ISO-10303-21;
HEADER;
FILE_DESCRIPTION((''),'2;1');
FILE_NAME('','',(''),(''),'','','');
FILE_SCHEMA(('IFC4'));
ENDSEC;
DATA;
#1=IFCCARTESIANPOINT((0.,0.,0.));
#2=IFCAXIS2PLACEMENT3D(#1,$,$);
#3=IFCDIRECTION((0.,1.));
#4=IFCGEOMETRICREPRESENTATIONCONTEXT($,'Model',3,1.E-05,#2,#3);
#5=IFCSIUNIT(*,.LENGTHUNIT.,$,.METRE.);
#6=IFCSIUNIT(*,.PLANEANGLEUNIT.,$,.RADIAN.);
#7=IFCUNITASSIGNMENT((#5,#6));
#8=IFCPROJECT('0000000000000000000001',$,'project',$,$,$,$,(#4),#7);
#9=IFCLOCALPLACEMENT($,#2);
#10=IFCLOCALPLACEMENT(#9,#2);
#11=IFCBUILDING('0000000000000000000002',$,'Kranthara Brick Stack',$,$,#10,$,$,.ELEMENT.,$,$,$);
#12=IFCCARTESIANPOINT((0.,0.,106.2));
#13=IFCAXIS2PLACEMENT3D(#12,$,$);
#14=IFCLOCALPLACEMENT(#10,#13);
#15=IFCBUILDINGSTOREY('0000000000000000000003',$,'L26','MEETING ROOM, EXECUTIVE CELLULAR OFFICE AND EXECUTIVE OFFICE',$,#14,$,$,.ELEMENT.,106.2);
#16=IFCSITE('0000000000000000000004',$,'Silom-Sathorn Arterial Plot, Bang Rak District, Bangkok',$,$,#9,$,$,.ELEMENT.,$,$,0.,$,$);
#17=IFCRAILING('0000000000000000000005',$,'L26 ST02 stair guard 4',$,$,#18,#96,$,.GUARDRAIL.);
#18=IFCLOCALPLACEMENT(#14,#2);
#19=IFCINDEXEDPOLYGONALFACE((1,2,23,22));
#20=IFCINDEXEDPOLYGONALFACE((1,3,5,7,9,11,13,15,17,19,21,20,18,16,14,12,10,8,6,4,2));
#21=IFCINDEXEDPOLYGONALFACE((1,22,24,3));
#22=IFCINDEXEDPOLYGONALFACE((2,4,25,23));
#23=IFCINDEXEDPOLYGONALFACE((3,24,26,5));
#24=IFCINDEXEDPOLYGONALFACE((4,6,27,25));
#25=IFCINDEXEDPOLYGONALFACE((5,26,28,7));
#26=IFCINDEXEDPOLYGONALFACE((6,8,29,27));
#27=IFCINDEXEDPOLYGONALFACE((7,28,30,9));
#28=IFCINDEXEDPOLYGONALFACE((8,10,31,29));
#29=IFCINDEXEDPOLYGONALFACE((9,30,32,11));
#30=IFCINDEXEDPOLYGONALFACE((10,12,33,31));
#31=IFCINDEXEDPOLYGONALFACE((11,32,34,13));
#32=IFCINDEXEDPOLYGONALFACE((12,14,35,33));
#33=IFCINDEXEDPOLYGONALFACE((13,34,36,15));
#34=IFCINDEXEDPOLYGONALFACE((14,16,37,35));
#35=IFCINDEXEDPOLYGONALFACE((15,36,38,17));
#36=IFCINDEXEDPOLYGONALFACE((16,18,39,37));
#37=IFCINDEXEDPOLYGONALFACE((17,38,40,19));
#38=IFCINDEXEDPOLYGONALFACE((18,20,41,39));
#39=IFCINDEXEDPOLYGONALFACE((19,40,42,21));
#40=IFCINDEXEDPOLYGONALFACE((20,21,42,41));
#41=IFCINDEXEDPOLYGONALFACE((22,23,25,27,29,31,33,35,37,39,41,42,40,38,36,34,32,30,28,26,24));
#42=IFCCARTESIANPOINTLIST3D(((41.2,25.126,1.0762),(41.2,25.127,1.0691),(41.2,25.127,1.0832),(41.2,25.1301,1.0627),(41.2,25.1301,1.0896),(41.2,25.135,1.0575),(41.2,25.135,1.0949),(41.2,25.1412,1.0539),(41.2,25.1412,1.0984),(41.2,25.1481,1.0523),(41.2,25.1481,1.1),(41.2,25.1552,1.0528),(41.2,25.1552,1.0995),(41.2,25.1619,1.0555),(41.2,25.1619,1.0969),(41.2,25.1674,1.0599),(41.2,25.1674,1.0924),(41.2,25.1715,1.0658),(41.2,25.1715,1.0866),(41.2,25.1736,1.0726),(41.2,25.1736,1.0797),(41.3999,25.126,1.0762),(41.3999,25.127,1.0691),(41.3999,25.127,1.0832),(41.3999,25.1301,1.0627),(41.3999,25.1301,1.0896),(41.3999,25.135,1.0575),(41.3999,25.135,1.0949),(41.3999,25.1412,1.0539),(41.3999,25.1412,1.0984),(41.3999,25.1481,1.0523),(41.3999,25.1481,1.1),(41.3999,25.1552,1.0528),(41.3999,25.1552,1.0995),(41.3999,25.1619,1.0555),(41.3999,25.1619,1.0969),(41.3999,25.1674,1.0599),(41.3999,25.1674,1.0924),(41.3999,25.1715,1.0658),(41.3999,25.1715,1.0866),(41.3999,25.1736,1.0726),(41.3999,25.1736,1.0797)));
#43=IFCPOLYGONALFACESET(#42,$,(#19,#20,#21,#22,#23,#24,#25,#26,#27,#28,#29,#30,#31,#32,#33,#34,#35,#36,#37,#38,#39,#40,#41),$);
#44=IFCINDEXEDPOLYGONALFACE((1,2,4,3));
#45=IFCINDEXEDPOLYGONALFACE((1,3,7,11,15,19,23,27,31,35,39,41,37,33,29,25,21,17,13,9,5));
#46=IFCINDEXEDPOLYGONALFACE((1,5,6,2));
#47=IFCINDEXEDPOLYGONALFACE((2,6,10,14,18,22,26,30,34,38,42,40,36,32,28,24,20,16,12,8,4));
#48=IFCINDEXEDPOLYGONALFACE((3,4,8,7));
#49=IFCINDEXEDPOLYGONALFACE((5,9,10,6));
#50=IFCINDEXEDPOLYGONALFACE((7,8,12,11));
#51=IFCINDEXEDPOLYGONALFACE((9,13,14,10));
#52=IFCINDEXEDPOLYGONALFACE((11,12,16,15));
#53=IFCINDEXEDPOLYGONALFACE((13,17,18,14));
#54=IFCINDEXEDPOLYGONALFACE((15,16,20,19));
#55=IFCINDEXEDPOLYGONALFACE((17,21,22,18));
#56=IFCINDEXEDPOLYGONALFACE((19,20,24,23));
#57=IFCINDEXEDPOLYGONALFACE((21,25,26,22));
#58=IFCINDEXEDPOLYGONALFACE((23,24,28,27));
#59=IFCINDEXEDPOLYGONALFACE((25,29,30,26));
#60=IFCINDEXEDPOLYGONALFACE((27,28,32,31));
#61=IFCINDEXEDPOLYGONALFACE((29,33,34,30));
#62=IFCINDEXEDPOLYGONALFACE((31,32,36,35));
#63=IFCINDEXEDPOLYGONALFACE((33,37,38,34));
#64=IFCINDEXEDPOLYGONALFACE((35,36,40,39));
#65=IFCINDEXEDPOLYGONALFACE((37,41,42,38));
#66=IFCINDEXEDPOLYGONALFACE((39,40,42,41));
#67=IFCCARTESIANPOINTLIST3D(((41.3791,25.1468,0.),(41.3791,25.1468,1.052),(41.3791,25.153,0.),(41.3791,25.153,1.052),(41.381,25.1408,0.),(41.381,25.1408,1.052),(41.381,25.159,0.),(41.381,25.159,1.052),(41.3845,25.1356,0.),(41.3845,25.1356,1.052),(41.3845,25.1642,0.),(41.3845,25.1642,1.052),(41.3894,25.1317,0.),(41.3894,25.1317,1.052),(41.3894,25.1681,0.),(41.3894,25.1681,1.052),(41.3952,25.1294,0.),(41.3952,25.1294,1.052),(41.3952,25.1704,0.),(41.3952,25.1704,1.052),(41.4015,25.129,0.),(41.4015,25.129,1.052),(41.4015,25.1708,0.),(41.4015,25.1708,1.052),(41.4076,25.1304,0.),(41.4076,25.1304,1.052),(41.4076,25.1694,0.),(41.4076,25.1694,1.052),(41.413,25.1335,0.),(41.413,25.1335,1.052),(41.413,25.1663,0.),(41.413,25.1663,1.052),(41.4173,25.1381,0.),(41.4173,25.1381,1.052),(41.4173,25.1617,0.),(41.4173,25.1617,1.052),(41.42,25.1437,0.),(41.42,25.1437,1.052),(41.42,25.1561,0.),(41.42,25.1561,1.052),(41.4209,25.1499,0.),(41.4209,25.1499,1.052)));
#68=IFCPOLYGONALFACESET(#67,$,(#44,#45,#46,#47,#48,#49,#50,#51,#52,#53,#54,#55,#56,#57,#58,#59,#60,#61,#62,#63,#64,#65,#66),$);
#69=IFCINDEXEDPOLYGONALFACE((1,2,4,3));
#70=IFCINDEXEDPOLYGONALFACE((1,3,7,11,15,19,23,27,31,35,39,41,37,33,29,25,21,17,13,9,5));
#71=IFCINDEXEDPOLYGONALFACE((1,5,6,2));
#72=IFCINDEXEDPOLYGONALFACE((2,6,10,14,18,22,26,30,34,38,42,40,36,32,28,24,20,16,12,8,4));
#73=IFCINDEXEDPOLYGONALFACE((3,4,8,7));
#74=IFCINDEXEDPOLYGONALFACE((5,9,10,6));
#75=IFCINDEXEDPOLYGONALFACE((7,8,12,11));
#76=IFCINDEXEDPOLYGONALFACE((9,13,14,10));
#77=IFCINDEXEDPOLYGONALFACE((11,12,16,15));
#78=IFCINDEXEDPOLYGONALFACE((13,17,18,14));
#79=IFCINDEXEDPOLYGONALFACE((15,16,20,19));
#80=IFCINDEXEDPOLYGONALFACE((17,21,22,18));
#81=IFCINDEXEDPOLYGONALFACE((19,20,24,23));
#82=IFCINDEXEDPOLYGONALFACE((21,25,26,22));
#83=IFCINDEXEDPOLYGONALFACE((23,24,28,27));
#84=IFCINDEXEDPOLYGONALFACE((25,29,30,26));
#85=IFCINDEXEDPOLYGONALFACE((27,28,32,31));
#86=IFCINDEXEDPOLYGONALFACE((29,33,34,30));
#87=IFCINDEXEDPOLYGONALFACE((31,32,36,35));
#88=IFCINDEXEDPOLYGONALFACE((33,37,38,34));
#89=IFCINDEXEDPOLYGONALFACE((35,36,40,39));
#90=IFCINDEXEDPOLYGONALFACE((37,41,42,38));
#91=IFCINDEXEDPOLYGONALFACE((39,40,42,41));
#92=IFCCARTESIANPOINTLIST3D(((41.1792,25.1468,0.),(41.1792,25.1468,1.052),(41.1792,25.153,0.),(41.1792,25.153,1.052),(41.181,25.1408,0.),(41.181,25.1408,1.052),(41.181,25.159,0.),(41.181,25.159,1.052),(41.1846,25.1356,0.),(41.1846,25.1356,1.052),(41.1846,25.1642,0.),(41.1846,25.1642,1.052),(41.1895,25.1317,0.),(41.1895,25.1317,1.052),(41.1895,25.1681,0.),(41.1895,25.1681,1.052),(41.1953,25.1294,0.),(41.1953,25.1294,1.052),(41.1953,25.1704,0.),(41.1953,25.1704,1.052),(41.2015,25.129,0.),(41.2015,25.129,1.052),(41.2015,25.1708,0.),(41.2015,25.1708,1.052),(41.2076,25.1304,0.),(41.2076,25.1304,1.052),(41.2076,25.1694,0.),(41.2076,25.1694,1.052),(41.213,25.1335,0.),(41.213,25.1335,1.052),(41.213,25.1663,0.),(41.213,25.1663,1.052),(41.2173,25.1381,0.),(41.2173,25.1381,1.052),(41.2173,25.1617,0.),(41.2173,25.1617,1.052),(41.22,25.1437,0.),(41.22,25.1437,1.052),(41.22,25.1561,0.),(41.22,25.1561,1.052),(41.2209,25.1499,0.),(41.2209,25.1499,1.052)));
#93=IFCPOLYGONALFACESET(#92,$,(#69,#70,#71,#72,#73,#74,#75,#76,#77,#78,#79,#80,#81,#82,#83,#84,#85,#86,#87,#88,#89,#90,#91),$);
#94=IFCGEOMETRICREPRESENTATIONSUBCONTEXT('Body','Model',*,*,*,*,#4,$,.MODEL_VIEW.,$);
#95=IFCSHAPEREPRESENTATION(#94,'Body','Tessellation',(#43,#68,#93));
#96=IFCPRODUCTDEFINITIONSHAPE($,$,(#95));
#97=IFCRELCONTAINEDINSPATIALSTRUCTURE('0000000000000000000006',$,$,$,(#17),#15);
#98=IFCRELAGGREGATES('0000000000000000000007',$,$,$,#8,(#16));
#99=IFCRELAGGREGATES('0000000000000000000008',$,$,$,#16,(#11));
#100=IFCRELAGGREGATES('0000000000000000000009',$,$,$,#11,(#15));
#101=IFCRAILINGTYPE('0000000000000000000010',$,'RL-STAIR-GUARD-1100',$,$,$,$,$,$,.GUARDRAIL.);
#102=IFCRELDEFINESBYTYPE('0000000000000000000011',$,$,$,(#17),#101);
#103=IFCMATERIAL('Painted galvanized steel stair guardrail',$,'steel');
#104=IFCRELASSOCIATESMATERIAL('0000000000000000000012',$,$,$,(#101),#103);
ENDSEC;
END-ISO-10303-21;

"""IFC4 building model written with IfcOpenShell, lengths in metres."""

from ifc_helpers import new_model, si_unit, direction, frame, origin, origin_2d, place, context, subcontext, project, spatial, circle, extrude, material, type_object, element, save


model = new_model("IFC4")

# Units and contexts
model_context = context("Model", 3, precision=1e-05, world=origin(), true_north=direction((0.0, 1.0)))
body_context = subcontext(model_context, "Body", "Model", "MODEL_VIEW")
ifc_project = project(units=[si_unit("LENGTHUNIT", "METRE"), si_unit("PLANEANGLEUNIT", "RADIAN")], contexts=[model_context])

# Site, building, storey
site_placement = place(None, origin())
site = spatial("IfcSite", under=ifc_project, at=site_placement, Name="Silom-Sathorn Arterial Plot, Bang Rak District, Bangkok", CompositionType="ELEMENT", RefElevation=0.0)
building_placement = place(site_placement, origin())
building = spatial("IfcBuilding", under=site, at=building_placement, Name="Kranthara Brick Stack", CompositionType="ELEMENT")
storey_placement = place(building_placement, frame((0.0, 0.0, 106.2)))
storey = spatial("IfcBuildingStorey", under=building, at=storey_placement, Name="L26", Description="MEETING ROOM, EXECUTIVE CELLULAR OFFICE AND EXECUTIVE OFFICE", CompositionType="ELEMENT", Elevation=106.2)

# Railing
ifc_material_1 = material(Name="Painted galvanized steel stair guardrail", Category="steel")
railing_type_1 = type_object("IfcRailingType", Name="RL-STAIR-GUARD-1100", PredefinedType="GUARDRAIL", material=ifc_material_1)
railing_1_placement = place(storey_placement, frame((41.3999, 25.1499, 0.0)))
element("IfcRailing", 1, at=railing_1_placement, inside=storey, type_object=railing_type_1, Name="L26 ST02 stair guard 4", PredefinedType="GUARDRAIL", context=body_context, shape_type="SweptSolid", body=[
    extrude(circle(Radius=0.0239, at=origin_2d()), frame((0.0, 0.0, 1.0762), z_axis=(-1.0, 0.0, 0.0), x_axis=(0.0, -1.0, 0.0)), (0.0, 0.0, 1.0), 0.2),
    extrude(circle(Radius=0.021, at=origin_2d()), origin(), (0.0, 0.0, 1.0), 1.052),
    extrude(circle(Radius=0.021, at=origin_2d()), frame((-0.2, 0.0, 0.0)), (0.0, 0.0, 1.0), 1.052),
])

save(model, "model.ifc")
